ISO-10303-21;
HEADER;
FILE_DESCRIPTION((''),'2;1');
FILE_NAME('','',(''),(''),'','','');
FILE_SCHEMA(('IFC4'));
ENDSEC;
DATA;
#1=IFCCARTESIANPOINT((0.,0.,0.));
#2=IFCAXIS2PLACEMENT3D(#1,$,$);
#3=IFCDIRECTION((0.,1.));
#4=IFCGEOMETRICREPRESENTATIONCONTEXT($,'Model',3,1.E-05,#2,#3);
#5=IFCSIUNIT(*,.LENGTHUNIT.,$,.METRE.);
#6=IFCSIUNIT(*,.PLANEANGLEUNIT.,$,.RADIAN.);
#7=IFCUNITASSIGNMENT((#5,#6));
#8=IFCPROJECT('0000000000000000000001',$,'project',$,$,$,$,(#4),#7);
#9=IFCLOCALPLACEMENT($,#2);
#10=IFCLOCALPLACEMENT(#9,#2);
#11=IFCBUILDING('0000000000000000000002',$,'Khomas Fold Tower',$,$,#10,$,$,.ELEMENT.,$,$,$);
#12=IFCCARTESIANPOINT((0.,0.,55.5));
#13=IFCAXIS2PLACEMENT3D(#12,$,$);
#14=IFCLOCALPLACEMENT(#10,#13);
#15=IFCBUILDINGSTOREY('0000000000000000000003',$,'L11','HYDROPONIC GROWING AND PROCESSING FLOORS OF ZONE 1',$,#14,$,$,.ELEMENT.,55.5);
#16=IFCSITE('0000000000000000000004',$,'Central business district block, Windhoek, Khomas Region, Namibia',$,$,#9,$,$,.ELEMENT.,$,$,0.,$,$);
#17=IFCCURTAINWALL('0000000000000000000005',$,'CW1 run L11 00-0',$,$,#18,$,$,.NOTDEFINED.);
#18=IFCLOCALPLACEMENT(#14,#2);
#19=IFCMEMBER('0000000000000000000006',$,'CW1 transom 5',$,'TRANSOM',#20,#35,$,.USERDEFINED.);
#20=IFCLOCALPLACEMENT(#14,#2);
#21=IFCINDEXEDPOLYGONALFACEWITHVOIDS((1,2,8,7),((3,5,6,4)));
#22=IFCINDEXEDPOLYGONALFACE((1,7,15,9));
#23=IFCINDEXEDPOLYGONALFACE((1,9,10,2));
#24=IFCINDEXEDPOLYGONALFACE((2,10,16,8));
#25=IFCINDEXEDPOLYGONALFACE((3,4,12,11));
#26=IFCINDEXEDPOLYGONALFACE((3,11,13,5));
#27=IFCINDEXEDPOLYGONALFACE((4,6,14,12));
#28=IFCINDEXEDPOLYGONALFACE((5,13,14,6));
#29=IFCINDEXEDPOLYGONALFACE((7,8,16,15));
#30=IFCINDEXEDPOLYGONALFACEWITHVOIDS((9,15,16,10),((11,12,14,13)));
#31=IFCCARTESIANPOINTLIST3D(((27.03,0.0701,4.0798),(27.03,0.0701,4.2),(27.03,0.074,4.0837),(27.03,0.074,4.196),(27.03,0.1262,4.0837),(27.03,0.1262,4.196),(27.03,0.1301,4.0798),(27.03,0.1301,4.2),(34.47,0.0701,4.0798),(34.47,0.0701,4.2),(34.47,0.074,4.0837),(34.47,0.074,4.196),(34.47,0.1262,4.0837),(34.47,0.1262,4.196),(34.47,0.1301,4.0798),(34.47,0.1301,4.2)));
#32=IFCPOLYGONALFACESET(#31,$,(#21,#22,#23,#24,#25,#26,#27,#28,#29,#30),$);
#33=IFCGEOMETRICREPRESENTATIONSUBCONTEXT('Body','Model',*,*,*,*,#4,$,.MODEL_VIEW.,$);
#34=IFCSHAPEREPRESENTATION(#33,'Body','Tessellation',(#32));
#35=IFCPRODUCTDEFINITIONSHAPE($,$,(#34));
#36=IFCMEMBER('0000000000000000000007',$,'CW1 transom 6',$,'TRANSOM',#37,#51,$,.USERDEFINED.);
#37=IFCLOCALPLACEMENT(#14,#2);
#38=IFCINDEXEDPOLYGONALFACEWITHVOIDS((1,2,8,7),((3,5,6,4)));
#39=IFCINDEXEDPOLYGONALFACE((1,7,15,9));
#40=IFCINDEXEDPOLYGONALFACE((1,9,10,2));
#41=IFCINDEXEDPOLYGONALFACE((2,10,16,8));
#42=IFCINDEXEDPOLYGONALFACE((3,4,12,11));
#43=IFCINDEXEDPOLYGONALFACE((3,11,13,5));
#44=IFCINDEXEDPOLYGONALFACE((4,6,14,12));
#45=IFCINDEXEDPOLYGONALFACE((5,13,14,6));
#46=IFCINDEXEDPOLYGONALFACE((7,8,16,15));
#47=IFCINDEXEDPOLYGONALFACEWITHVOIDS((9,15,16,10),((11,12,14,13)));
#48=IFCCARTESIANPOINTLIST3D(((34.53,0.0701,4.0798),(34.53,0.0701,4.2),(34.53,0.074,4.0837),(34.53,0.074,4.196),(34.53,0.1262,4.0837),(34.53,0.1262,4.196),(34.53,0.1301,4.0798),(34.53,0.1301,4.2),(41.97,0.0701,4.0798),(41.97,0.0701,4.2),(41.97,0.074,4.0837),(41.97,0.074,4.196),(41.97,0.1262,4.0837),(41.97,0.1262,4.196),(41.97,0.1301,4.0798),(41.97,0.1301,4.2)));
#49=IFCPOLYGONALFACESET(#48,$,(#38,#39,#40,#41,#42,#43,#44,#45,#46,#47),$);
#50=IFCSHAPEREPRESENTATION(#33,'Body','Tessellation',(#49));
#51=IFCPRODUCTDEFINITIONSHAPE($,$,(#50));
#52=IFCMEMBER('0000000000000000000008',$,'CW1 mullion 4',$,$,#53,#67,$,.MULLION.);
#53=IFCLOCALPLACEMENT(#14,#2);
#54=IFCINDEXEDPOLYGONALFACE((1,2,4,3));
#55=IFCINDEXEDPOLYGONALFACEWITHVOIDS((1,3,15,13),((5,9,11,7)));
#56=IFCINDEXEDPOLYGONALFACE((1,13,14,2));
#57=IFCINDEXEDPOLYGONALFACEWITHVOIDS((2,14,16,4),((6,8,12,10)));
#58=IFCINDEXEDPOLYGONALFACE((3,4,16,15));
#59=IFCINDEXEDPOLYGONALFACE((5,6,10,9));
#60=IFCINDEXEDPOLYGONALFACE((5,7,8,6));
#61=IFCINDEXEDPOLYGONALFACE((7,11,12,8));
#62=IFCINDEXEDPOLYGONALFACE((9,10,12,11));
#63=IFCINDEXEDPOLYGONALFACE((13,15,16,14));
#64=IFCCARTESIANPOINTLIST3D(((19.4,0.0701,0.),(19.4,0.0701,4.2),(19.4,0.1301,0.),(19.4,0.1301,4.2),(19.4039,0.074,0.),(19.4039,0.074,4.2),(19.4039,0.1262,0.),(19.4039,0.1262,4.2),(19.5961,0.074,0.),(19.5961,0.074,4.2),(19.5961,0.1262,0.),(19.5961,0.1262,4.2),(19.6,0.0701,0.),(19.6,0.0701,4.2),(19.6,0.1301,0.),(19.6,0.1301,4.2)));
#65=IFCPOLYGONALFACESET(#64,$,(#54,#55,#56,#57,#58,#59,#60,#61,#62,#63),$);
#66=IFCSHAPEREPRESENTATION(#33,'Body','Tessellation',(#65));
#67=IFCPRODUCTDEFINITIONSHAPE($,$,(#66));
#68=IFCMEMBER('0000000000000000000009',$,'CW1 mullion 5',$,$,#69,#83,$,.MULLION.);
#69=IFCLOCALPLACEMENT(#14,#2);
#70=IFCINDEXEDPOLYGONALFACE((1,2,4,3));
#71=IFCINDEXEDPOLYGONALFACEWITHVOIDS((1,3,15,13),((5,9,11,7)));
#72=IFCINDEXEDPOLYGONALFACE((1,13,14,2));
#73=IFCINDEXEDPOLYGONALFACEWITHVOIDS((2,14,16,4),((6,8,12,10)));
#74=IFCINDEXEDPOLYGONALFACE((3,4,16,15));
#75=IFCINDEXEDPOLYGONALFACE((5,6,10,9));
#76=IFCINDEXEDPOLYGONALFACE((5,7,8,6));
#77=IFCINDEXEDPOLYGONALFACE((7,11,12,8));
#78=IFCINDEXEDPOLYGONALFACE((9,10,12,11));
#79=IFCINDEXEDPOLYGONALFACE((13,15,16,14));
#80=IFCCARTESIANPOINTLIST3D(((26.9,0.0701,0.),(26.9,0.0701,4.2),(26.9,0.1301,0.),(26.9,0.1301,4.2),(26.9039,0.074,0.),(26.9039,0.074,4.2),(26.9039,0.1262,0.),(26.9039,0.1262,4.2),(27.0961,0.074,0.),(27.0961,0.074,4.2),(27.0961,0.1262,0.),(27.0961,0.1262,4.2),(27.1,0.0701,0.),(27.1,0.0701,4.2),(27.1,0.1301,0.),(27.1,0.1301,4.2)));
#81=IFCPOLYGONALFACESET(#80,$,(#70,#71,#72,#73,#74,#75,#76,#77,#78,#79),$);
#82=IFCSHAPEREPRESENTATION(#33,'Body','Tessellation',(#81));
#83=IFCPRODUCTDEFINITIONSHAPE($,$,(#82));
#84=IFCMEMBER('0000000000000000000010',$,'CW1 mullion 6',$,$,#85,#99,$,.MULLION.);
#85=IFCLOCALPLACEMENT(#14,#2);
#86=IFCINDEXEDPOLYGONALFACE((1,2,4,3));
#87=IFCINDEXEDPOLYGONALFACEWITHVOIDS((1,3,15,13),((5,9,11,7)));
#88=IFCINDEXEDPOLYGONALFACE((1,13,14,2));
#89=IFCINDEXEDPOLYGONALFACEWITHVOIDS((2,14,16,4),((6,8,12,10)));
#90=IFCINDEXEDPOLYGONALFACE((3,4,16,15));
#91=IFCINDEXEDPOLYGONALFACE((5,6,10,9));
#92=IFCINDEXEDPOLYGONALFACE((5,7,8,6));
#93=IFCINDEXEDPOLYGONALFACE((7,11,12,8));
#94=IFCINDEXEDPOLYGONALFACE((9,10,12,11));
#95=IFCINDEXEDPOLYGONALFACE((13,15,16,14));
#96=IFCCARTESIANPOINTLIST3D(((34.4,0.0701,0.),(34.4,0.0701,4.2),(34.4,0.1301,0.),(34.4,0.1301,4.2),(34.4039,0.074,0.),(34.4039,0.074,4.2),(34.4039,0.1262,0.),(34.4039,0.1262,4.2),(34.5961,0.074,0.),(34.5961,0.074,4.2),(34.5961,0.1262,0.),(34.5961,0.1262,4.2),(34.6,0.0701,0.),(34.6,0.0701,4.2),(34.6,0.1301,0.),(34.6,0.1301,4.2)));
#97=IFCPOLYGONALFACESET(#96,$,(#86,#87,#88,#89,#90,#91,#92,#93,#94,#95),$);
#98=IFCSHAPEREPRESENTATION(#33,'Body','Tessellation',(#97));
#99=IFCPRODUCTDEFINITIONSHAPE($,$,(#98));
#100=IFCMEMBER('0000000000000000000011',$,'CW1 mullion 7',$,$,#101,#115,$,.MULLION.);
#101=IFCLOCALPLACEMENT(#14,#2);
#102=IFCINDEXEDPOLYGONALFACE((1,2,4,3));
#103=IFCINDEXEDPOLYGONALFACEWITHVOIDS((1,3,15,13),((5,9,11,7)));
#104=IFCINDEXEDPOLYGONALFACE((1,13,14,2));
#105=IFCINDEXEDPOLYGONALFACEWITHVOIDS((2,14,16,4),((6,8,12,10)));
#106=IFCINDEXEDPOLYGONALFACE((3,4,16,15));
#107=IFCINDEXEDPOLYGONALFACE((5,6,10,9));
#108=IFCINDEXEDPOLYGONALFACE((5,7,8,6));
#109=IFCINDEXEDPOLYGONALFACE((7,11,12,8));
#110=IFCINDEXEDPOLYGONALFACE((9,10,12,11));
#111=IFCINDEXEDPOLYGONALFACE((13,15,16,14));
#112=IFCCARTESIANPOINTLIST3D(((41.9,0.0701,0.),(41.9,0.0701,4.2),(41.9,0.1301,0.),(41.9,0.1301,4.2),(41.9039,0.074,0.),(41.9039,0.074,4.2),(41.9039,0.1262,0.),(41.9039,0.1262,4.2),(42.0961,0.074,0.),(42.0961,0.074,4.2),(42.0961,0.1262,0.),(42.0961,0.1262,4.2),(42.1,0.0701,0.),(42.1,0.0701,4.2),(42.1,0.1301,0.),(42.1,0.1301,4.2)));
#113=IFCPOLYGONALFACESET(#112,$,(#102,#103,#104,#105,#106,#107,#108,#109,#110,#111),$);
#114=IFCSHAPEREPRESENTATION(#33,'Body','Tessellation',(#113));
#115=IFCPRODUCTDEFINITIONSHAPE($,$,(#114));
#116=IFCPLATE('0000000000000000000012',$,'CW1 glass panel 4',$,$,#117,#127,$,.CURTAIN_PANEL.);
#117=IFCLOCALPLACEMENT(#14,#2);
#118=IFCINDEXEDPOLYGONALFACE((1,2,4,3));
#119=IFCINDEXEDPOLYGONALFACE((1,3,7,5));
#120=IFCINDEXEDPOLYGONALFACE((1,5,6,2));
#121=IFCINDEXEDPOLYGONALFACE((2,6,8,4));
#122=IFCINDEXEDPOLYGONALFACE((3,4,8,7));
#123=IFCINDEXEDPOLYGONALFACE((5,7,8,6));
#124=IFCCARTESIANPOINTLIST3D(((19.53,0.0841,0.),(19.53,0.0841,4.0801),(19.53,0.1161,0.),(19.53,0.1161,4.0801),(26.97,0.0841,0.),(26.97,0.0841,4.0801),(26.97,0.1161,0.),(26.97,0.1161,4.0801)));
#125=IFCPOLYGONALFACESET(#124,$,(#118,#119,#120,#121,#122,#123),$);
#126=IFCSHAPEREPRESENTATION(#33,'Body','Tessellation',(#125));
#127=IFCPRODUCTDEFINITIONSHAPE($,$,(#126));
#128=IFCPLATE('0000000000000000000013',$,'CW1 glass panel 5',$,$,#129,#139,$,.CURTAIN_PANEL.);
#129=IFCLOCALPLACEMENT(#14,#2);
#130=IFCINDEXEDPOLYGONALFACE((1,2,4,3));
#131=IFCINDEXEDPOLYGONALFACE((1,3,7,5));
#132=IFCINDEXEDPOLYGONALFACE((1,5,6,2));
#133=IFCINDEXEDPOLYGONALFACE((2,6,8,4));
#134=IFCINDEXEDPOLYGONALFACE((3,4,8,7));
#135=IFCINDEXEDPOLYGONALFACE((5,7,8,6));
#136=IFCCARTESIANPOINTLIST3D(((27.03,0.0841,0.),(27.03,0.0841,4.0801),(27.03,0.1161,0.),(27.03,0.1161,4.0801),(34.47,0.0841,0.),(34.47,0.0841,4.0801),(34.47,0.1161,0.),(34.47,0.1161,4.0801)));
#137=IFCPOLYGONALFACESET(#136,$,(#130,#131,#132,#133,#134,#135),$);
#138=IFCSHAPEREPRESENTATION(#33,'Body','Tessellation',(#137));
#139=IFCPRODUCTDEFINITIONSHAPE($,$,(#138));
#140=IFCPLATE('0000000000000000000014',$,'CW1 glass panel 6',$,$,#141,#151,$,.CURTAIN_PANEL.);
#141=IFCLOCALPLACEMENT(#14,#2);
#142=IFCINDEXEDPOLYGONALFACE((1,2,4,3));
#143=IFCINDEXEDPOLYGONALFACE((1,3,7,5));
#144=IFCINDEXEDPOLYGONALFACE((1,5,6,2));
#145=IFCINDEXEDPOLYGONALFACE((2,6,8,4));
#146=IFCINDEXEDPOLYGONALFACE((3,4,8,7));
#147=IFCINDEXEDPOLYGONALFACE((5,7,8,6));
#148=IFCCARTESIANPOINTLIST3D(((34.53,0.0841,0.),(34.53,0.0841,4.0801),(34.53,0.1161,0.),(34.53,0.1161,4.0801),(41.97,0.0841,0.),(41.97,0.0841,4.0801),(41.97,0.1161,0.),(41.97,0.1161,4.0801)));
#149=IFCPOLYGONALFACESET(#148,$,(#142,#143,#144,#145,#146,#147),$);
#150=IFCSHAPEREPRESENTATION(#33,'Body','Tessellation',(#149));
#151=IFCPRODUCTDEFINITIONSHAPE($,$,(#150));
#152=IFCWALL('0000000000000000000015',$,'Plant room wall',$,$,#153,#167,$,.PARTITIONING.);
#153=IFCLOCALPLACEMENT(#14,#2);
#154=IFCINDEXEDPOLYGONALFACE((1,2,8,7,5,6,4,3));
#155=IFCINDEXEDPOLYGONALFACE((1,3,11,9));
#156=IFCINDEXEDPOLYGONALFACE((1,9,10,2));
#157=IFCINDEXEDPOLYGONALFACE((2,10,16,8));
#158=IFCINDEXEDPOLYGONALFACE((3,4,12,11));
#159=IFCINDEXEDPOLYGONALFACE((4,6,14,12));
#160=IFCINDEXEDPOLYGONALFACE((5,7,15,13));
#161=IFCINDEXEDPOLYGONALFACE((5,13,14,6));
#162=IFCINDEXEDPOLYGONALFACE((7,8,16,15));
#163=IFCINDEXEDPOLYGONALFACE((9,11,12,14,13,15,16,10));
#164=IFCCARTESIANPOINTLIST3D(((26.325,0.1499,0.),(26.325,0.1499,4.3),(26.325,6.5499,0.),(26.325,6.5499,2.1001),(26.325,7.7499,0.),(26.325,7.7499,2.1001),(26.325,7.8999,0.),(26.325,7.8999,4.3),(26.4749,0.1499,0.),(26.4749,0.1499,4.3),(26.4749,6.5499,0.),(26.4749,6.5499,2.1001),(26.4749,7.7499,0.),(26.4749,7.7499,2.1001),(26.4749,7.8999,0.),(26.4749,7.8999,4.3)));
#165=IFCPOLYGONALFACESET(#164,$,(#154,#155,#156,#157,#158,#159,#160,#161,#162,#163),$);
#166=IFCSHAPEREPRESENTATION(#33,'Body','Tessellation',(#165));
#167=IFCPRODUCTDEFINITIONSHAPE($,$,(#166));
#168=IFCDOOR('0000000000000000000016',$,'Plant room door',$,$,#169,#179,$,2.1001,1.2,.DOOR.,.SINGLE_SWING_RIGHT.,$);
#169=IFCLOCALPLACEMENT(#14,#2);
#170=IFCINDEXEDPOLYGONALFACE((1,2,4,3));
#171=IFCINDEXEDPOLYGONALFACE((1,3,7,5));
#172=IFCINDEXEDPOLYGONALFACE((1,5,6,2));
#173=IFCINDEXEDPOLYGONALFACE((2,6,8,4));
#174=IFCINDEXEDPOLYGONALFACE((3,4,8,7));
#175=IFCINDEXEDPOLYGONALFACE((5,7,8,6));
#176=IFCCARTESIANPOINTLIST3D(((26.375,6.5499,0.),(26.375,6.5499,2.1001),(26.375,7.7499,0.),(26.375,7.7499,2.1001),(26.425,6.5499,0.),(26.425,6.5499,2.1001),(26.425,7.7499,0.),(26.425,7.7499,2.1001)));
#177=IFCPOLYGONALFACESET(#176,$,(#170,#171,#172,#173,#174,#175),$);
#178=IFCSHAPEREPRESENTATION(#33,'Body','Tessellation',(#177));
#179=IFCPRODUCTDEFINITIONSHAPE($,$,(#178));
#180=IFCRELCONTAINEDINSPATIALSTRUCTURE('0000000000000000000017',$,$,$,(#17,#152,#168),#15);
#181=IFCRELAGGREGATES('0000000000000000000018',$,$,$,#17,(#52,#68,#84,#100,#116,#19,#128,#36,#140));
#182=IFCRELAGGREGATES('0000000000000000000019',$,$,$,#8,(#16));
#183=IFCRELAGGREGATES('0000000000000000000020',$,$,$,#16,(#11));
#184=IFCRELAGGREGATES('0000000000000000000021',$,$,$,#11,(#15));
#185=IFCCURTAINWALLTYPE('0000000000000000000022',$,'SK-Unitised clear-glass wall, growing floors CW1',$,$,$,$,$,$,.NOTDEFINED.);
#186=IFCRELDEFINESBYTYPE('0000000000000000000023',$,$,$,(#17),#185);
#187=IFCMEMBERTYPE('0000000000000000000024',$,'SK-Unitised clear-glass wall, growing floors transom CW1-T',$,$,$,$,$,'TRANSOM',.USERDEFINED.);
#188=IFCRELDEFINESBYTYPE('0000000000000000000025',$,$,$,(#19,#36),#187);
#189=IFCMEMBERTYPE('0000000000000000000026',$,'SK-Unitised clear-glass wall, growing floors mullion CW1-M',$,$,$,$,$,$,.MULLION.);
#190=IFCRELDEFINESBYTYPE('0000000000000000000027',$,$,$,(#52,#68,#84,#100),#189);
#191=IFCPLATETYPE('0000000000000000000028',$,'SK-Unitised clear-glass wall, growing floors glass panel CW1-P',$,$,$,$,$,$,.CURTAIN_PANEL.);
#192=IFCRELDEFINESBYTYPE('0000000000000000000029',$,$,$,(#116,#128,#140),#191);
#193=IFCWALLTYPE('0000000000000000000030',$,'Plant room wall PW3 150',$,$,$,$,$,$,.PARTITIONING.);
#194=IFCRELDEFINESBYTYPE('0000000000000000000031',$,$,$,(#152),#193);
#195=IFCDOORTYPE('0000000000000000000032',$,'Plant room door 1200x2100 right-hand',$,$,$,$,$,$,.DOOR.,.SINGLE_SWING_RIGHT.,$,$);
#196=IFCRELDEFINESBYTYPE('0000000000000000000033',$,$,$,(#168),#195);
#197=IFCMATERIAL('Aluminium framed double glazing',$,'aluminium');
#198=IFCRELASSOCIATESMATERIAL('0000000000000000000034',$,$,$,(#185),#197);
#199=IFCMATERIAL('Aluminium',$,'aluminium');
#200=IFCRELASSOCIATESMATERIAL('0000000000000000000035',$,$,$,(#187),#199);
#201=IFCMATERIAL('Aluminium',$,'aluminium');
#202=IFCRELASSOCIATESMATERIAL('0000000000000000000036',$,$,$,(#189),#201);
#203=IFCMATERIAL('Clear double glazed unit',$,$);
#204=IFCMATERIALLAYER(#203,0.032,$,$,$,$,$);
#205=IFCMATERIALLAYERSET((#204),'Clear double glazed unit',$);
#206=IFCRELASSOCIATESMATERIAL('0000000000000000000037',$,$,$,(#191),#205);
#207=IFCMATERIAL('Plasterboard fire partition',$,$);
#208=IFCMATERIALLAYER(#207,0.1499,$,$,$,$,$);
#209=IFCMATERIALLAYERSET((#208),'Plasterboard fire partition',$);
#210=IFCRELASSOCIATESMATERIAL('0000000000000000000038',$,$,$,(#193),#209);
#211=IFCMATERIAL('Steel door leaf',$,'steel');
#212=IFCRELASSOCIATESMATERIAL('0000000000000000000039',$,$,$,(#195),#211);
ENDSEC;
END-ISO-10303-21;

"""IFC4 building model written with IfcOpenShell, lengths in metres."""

from ifc_helpers import new_model, si_unit, direction, frame, frame_2d, origin, origin_2d, place, context, subcontext, project, spatial, rectangle, hollow_rectangle, extrude, source, transform, mapped, material, layer, layer_set, material_profile, profile_set, type_object, element, fill, aggregate, save


model = new_model("IFC4")

# Units and contexts
model_context = context("Model", 3, precision=1e-05, world=origin(), true_north=direction((0.0, 1.0)))
body_context = subcontext(model_context, "Body", "Model", "MODEL_VIEW")
ifc_project = project(units=[si_unit("LENGTHUNIT", "METRE"), si_unit("PLANEANGLEUNIT", "RADIAN")], contexts=[model_context])

# Site, building, storey
site_placement = place(None, origin())
site = spatial("IfcSite", under=ifc_project, at=site_placement, Name="Central business district block, Windhoek, Khomas Region, Namibia", CompositionType="ELEMENT", RefElevation=0.0)
building_placement = place(site_placement, origin())
building = spatial("IfcBuilding", under=site, at=building_placement, Name="Khomas Fold Tower", CompositionType="ELEMENT")
storey_placement = place(building_placement, frame((0.0, 0.0, 55.5)))
storey = spatial("IfcBuildingStorey", under=building, at=storey_placement, Name="L11", Description="HYDROPONIC GROWING AND PROCESSING FLOORS OF ZONE 1", CompositionType="ELEMENT", Elevation=55.5)

# Curtain wall, members, plates
ifc_material_1 = material(Name="Aluminium framed double glazing", Category="aluminium")
curtain_wall_type = type_object("IfcCurtainWallType", Name="SK-Unitised clear-glass wall, growing floors CW1", PredefinedType="NOTDEFINED", material=ifc_material_1)
curtain_wall_placement = place(storey_placement, origin())
curtain_wall = element("IfcCurtainWall", 1, at=curtain_wall_placement, inside=storey, type_object=curtain_wall_type, Name="CW1 run L11 00-0", PredefinedType="NOTDEFINED")
ifc_material_2 = material(Name="Aluminium", Category="aluminium")
ifc_material_profile_1 = material_profile(ifc_material_2, hollow_rectangle(XDim=0.0601, YDim=0.1201, WallThickness=0.0039, at=origin_2d()), Name="SK-Unitised clear-glass wall, growing floors transom CW1-T")
ifc_profile_set_1 = profile_set([ifc_material_profile_1], Name="Aluminium")
member_type_1 = type_object("IfcMemberType", Name="SK-Unitised clear-glass wall, growing floors transom CW1-T", ElementType="TRANSOM", PredefinedType="USERDEFINED", material=ifc_profile_set_1)
shared_shape_1 = source(origin(), body_context, "Body", "SweptSolid", [
    extrude(hollow_rectangle(XDim=0.0601, YDim=0.1201, WallThickness=0.0039, at=origin_2d()), origin(), (0.0, 0.0, 1.0), 7.4399),
])
member_1_placement = place(storey_placement, frame((27.03, 0.1001, 4.1399), z_axis=(1.0, 0.0, 0.0), x_axis=(0.0, 1.0, 0.0)))
member_1 = element("IfcMember", 2, at=member_1_placement, type_object=member_type_1, Name="CW1 transom 5", ObjectType="TRANSOM", PredefinedType="USERDEFINED", context=body_context, shape_type="MappedRepresentation", body=[
    mapped(shared_shape_1, transform((0.0, 0.0, 0.0))),
])
member_2_placement = place(storey_placement, frame((34.53, 0.1001, 4.1399), z_axis=(1.0, 0.0, 0.0), x_axis=(0.0, 1.0, 0.0)))
member_2 = element("IfcMember", 3, at=member_2_placement, type_object=member_type_1, Name="CW1 transom 6", ObjectType="TRANSOM", PredefinedType="USERDEFINED", context=body_context, shape_type="MappedRepresentation", body=[
    mapped(shared_shape_1, transform((0.0, 0.0, 0.0))),
])
ifc_material_3 = material(Name="Aluminium", Category="aluminium")
ifc_material_profile_2 = material_profile(ifc_material_3, hollow_rectangle(XDim=0.0601, YDim=0.2, WallThickness=0.0039, at=origin_2d()), Name="SK-Unitised clear-glass wall, growing floors mullion CW1-M")
ifc_profile_set_2 = profile_set([ifc_material_profile_2], Name="Aluminium")
member_type_2 = type_object("IfcMemberType", Name="SK-Unitised clear-glass wall, growing floors mullion CW1-M", PredefinedType="MULLION", material=ifc_profile_set_2)
shared_shape_2 = source(origin(), body_context, "Body", "SweptSolid", [
    extrude(hollow_rectangle(XDim=0.0601, YDim=0.2, WallThickness=0.0039, at=origin_2d()), origin(), (0.0, 0.0, 1.0), 4.2),
])
member_3_placement = place(storey_placement, frame((19.5, 0.1001, 0.0), z_axis=(0.0, 0.0, 1.0), x_axis=(0.0, 1.0, 0.0)))
member_3 = element("IfcMember", 4, at=member_3_placement, type_object=member_type_2, Name="CW1 mullion 4", PredefinedType="MULLION", context=body_context, shape_type="MappedRepresentation", body=[
    mapped(shared_shape_2, transform((0.0, 0.0, 0.0))),
])
member_4_placement = place(storey_placement, frame((27.0, 0.1001, 0.0), z_axis=(0.0, 0.0, 1.0), x_axis=(0.0, 1.0, 0.0)))
member_4 = element("IfcMember", 5, at=member_4_placement, type_object=member_type_2, Name="CW1 mullion 5", PredefinedType="MULLION", context=body_context, shape_type="MappedRepresentation", body=[
    mapped(shared_shape_2, transform((0.0, 0.0, 0.0))),
])
member_5_placement = place(storey_placement, frame((34.5, 0.1001, 0.0), z_axis=(0.0, 0.0, 1.0), x_axis=(0.0, 1.0, 0.0)))
member_5 = element("IfcMember", 6, at=member_5_placement, type_object=member_type_2, Name="CW1 mullion 6", PredefinedType="MULLION", context=body_context, shape_type="MappedRepresentation", body=[
    mapped(shared_shape_2, transform((0.0, 0.0, 0.0))),
])
member_6_placement = place(storey_placement, frame((42.0, 0.1001, 0.0), z_axis=(0.0, 0.0, 1.0), x_axis=(0.0, 1.0, 0.0)))
member_6 = element("IfcMember", 7, at=member_6_placement, type_object=member_type_2, Name="CW1 mullion 7", PredefinedType="MULLION", context=body_context, shape_type="MappedRepresentation", body=[
    mapped(shared_shape_2, transform((0.0, 0.0, 0.0))),
])
ifc_material_4 = material(Name="Clear double glazed unit")
ifc_layer_1 = layer(ifc_material_4, 0.032)
ifc_layer_set_1 = layer_set([ifc_layer_1], Name="Clear double glazed unit")
plate_type = type_object("IfcPlateType", Name="SK-Unitised clear-glass wall, growing floors glass panel CW1-P", PredefinedType="CURTAIN_PANEL", material=ifc_layer_set_1)
shared_shape_3 = source(origin(), body_context, "Body", "SweptSolid", [
    extrude(rectangle(XDim=7.4399, YDim=0.032, at=origin_2d()), origin(), (0.0, 0.0, 1.0), 4.0801),
])
plate_1_placement = place(storey_placement, frame((23.25, 0.1001, 0.0), z_axis=(0.0, 0.0, 1.0), x_axis=(1.0, 0.0, 0.0)))
plate_1 = element("IfcPlate", 8, at=plate_1_placement, type_object=plate_type, Name="CW1 glass panel 4", PredefinedType="CURTAIN_PANEL", context=body_context, shape_type="MappedRepresentation", body=[
    mapped(shared_shape_3, transform((0.0, 0.0, 0.0))),
])
plate_2_placement = place(storey_placement, frame((30.75, 0.1001, 0.0), z_axis=(0.0, 0.0, 1.0), x_axis=(1.0, 0.0, 0.0)))
plate_2 = element("IfcPlate", 9, at=plate_2_placement, type_object=plate_type, Name="CW1 glass panel 5", PredefinedType="CURTAIN_PANEL", context=body_context, shape_type="MappedRepresentation", body=[
    mapped(shared_shape_3, transform((0.0, 0.0, 0.0))),
])
plate_3_placement = place(storey_placement, frame((38.25, 0.1001, 0.0), z_axis=(0.0, 0.0, 1.0), x_axis=(1.0, 0.0, 0.0)))
plate_3 = element("IfcPlate", 10, at=plate_3_placement, type_object=plate_type, Name="CW1 glass panel 6", PredefinedType="CURTAIN_PANEL", context=body_context, shape_type="MappedRepresentation", body=[
    mapped(shared_shape_3, transform((0.0, 0.0, 0.0))),
])
aggregate(curtain_wall, [member_3, member_4, member_5, member_6, plate_1, member_1, plate_2, member_2, plate_3])

# Wall, opening, door
ifc_material_5 = material(Name="Plasterboard fire partition")
ifc_layer_2 = layer(ifc_material_5, 0.1499)
ifc_layer_set_2 = layer_set([ifc_layer_2], Name="Plasterboard fire partition")
wall_type_1 = type_object("IfcWallType", Name="Plant room wall PW3 150", PredefinedType="PARTITIONING", material=ifc_layer_set_2)
shared_shape_4 = source(origin(), body_context, "Body", "SweptSolid", [
    extrude(rectangle(XDim=7.75, YDim=0.1499, at=frame_2d((3.875, 0.0))), origin(), (0.0, 0.0, 1.0), 4.3),
])
wall_1_placement = place(storey_placement, frame((26.3999, 0.1499, 0.0), z_axis=(0.0, 0.0, 1.0), x_axis=(0.0, 1.0, 0.0)))
wall_1 = element("IfcWall", 11, at=wall_1_placement, inside=storey, type_object=wall_type_1, Name="Plant room wall", PredefinedType="PARTITIONING", context=body_context, shape_type="MappedRepresentation", body=[
    mapped(shared_shape_4, transform((0.0, 0.0, 0.0))),
])
shared_shape_5 = source(origin(), body_context, "Body", "SweptSolid", [
    extrude(rectangle(XDim=1.2, YDim=2.1001, at=frame_2d((0.6001, 1.05))), frame((0.0, 0.085, 0.0), z_axis=(0.0, -1.0, 0.0), x_axis=(1.0, 0.0, 0.0)), (0.0, 0.0, 1.0), 0.1699),
])
opening_1_placement = place(wall_1_placement, frame((6.3999, 0.0, 0.0)))
opening_1 = element("IfcOpeningElement", 12, at=opening_1_placement, cuts=wall_1, PredefinedType="OPENING", context=body_context, shape_type="MappedRepresentation", body=[
    mapped(shared_shape_5, transform((0.0, 0.0, 0.0))),
])
ifc_material_6 = material(Name="Steel door leaf", Category="steel")
door_type_1 = type_object("IfcDoorType", Name="Plant room door 1200x2100 right-hand", OperationType="SINGLE_SWING_RIGHT", PredefinedType="DOOR", material=ifc_material_6)
shared_shape_6 = source(origin(), body_context, "Body", "SweptSolid", [
    extrude(rectangle(XDim=1.2, YDim=2.1001, at=frame_2d((0.6001, 1.05))), frame((0.0, 0.0249, 0.0), z_axis=(0.0, -1.0, 0.0), x_axis=(1.0, 0.0, 0.0)), (0.0, 0.0, 1.0), 0.05),
])
door_1_placement = place(opening_1_placement, origin())
door_1 = element("IfcDoor", 13, at=door_1_placement, inside=storey, type_object=door_type_1, Name="Plant room door", OperationType="SINGLE_SWING_RIGHT", OverallHeight=2.1001, OverallWidth=1.2, PredefinedType="DOOR", context=body_context, shape_type="MappedRepresentation", body=[
    mapped(shared_shape_6, transform((0.0, 0.0, 0.0))),
])
fill(opening_1, door_1)

save(model, "model.ifc")
